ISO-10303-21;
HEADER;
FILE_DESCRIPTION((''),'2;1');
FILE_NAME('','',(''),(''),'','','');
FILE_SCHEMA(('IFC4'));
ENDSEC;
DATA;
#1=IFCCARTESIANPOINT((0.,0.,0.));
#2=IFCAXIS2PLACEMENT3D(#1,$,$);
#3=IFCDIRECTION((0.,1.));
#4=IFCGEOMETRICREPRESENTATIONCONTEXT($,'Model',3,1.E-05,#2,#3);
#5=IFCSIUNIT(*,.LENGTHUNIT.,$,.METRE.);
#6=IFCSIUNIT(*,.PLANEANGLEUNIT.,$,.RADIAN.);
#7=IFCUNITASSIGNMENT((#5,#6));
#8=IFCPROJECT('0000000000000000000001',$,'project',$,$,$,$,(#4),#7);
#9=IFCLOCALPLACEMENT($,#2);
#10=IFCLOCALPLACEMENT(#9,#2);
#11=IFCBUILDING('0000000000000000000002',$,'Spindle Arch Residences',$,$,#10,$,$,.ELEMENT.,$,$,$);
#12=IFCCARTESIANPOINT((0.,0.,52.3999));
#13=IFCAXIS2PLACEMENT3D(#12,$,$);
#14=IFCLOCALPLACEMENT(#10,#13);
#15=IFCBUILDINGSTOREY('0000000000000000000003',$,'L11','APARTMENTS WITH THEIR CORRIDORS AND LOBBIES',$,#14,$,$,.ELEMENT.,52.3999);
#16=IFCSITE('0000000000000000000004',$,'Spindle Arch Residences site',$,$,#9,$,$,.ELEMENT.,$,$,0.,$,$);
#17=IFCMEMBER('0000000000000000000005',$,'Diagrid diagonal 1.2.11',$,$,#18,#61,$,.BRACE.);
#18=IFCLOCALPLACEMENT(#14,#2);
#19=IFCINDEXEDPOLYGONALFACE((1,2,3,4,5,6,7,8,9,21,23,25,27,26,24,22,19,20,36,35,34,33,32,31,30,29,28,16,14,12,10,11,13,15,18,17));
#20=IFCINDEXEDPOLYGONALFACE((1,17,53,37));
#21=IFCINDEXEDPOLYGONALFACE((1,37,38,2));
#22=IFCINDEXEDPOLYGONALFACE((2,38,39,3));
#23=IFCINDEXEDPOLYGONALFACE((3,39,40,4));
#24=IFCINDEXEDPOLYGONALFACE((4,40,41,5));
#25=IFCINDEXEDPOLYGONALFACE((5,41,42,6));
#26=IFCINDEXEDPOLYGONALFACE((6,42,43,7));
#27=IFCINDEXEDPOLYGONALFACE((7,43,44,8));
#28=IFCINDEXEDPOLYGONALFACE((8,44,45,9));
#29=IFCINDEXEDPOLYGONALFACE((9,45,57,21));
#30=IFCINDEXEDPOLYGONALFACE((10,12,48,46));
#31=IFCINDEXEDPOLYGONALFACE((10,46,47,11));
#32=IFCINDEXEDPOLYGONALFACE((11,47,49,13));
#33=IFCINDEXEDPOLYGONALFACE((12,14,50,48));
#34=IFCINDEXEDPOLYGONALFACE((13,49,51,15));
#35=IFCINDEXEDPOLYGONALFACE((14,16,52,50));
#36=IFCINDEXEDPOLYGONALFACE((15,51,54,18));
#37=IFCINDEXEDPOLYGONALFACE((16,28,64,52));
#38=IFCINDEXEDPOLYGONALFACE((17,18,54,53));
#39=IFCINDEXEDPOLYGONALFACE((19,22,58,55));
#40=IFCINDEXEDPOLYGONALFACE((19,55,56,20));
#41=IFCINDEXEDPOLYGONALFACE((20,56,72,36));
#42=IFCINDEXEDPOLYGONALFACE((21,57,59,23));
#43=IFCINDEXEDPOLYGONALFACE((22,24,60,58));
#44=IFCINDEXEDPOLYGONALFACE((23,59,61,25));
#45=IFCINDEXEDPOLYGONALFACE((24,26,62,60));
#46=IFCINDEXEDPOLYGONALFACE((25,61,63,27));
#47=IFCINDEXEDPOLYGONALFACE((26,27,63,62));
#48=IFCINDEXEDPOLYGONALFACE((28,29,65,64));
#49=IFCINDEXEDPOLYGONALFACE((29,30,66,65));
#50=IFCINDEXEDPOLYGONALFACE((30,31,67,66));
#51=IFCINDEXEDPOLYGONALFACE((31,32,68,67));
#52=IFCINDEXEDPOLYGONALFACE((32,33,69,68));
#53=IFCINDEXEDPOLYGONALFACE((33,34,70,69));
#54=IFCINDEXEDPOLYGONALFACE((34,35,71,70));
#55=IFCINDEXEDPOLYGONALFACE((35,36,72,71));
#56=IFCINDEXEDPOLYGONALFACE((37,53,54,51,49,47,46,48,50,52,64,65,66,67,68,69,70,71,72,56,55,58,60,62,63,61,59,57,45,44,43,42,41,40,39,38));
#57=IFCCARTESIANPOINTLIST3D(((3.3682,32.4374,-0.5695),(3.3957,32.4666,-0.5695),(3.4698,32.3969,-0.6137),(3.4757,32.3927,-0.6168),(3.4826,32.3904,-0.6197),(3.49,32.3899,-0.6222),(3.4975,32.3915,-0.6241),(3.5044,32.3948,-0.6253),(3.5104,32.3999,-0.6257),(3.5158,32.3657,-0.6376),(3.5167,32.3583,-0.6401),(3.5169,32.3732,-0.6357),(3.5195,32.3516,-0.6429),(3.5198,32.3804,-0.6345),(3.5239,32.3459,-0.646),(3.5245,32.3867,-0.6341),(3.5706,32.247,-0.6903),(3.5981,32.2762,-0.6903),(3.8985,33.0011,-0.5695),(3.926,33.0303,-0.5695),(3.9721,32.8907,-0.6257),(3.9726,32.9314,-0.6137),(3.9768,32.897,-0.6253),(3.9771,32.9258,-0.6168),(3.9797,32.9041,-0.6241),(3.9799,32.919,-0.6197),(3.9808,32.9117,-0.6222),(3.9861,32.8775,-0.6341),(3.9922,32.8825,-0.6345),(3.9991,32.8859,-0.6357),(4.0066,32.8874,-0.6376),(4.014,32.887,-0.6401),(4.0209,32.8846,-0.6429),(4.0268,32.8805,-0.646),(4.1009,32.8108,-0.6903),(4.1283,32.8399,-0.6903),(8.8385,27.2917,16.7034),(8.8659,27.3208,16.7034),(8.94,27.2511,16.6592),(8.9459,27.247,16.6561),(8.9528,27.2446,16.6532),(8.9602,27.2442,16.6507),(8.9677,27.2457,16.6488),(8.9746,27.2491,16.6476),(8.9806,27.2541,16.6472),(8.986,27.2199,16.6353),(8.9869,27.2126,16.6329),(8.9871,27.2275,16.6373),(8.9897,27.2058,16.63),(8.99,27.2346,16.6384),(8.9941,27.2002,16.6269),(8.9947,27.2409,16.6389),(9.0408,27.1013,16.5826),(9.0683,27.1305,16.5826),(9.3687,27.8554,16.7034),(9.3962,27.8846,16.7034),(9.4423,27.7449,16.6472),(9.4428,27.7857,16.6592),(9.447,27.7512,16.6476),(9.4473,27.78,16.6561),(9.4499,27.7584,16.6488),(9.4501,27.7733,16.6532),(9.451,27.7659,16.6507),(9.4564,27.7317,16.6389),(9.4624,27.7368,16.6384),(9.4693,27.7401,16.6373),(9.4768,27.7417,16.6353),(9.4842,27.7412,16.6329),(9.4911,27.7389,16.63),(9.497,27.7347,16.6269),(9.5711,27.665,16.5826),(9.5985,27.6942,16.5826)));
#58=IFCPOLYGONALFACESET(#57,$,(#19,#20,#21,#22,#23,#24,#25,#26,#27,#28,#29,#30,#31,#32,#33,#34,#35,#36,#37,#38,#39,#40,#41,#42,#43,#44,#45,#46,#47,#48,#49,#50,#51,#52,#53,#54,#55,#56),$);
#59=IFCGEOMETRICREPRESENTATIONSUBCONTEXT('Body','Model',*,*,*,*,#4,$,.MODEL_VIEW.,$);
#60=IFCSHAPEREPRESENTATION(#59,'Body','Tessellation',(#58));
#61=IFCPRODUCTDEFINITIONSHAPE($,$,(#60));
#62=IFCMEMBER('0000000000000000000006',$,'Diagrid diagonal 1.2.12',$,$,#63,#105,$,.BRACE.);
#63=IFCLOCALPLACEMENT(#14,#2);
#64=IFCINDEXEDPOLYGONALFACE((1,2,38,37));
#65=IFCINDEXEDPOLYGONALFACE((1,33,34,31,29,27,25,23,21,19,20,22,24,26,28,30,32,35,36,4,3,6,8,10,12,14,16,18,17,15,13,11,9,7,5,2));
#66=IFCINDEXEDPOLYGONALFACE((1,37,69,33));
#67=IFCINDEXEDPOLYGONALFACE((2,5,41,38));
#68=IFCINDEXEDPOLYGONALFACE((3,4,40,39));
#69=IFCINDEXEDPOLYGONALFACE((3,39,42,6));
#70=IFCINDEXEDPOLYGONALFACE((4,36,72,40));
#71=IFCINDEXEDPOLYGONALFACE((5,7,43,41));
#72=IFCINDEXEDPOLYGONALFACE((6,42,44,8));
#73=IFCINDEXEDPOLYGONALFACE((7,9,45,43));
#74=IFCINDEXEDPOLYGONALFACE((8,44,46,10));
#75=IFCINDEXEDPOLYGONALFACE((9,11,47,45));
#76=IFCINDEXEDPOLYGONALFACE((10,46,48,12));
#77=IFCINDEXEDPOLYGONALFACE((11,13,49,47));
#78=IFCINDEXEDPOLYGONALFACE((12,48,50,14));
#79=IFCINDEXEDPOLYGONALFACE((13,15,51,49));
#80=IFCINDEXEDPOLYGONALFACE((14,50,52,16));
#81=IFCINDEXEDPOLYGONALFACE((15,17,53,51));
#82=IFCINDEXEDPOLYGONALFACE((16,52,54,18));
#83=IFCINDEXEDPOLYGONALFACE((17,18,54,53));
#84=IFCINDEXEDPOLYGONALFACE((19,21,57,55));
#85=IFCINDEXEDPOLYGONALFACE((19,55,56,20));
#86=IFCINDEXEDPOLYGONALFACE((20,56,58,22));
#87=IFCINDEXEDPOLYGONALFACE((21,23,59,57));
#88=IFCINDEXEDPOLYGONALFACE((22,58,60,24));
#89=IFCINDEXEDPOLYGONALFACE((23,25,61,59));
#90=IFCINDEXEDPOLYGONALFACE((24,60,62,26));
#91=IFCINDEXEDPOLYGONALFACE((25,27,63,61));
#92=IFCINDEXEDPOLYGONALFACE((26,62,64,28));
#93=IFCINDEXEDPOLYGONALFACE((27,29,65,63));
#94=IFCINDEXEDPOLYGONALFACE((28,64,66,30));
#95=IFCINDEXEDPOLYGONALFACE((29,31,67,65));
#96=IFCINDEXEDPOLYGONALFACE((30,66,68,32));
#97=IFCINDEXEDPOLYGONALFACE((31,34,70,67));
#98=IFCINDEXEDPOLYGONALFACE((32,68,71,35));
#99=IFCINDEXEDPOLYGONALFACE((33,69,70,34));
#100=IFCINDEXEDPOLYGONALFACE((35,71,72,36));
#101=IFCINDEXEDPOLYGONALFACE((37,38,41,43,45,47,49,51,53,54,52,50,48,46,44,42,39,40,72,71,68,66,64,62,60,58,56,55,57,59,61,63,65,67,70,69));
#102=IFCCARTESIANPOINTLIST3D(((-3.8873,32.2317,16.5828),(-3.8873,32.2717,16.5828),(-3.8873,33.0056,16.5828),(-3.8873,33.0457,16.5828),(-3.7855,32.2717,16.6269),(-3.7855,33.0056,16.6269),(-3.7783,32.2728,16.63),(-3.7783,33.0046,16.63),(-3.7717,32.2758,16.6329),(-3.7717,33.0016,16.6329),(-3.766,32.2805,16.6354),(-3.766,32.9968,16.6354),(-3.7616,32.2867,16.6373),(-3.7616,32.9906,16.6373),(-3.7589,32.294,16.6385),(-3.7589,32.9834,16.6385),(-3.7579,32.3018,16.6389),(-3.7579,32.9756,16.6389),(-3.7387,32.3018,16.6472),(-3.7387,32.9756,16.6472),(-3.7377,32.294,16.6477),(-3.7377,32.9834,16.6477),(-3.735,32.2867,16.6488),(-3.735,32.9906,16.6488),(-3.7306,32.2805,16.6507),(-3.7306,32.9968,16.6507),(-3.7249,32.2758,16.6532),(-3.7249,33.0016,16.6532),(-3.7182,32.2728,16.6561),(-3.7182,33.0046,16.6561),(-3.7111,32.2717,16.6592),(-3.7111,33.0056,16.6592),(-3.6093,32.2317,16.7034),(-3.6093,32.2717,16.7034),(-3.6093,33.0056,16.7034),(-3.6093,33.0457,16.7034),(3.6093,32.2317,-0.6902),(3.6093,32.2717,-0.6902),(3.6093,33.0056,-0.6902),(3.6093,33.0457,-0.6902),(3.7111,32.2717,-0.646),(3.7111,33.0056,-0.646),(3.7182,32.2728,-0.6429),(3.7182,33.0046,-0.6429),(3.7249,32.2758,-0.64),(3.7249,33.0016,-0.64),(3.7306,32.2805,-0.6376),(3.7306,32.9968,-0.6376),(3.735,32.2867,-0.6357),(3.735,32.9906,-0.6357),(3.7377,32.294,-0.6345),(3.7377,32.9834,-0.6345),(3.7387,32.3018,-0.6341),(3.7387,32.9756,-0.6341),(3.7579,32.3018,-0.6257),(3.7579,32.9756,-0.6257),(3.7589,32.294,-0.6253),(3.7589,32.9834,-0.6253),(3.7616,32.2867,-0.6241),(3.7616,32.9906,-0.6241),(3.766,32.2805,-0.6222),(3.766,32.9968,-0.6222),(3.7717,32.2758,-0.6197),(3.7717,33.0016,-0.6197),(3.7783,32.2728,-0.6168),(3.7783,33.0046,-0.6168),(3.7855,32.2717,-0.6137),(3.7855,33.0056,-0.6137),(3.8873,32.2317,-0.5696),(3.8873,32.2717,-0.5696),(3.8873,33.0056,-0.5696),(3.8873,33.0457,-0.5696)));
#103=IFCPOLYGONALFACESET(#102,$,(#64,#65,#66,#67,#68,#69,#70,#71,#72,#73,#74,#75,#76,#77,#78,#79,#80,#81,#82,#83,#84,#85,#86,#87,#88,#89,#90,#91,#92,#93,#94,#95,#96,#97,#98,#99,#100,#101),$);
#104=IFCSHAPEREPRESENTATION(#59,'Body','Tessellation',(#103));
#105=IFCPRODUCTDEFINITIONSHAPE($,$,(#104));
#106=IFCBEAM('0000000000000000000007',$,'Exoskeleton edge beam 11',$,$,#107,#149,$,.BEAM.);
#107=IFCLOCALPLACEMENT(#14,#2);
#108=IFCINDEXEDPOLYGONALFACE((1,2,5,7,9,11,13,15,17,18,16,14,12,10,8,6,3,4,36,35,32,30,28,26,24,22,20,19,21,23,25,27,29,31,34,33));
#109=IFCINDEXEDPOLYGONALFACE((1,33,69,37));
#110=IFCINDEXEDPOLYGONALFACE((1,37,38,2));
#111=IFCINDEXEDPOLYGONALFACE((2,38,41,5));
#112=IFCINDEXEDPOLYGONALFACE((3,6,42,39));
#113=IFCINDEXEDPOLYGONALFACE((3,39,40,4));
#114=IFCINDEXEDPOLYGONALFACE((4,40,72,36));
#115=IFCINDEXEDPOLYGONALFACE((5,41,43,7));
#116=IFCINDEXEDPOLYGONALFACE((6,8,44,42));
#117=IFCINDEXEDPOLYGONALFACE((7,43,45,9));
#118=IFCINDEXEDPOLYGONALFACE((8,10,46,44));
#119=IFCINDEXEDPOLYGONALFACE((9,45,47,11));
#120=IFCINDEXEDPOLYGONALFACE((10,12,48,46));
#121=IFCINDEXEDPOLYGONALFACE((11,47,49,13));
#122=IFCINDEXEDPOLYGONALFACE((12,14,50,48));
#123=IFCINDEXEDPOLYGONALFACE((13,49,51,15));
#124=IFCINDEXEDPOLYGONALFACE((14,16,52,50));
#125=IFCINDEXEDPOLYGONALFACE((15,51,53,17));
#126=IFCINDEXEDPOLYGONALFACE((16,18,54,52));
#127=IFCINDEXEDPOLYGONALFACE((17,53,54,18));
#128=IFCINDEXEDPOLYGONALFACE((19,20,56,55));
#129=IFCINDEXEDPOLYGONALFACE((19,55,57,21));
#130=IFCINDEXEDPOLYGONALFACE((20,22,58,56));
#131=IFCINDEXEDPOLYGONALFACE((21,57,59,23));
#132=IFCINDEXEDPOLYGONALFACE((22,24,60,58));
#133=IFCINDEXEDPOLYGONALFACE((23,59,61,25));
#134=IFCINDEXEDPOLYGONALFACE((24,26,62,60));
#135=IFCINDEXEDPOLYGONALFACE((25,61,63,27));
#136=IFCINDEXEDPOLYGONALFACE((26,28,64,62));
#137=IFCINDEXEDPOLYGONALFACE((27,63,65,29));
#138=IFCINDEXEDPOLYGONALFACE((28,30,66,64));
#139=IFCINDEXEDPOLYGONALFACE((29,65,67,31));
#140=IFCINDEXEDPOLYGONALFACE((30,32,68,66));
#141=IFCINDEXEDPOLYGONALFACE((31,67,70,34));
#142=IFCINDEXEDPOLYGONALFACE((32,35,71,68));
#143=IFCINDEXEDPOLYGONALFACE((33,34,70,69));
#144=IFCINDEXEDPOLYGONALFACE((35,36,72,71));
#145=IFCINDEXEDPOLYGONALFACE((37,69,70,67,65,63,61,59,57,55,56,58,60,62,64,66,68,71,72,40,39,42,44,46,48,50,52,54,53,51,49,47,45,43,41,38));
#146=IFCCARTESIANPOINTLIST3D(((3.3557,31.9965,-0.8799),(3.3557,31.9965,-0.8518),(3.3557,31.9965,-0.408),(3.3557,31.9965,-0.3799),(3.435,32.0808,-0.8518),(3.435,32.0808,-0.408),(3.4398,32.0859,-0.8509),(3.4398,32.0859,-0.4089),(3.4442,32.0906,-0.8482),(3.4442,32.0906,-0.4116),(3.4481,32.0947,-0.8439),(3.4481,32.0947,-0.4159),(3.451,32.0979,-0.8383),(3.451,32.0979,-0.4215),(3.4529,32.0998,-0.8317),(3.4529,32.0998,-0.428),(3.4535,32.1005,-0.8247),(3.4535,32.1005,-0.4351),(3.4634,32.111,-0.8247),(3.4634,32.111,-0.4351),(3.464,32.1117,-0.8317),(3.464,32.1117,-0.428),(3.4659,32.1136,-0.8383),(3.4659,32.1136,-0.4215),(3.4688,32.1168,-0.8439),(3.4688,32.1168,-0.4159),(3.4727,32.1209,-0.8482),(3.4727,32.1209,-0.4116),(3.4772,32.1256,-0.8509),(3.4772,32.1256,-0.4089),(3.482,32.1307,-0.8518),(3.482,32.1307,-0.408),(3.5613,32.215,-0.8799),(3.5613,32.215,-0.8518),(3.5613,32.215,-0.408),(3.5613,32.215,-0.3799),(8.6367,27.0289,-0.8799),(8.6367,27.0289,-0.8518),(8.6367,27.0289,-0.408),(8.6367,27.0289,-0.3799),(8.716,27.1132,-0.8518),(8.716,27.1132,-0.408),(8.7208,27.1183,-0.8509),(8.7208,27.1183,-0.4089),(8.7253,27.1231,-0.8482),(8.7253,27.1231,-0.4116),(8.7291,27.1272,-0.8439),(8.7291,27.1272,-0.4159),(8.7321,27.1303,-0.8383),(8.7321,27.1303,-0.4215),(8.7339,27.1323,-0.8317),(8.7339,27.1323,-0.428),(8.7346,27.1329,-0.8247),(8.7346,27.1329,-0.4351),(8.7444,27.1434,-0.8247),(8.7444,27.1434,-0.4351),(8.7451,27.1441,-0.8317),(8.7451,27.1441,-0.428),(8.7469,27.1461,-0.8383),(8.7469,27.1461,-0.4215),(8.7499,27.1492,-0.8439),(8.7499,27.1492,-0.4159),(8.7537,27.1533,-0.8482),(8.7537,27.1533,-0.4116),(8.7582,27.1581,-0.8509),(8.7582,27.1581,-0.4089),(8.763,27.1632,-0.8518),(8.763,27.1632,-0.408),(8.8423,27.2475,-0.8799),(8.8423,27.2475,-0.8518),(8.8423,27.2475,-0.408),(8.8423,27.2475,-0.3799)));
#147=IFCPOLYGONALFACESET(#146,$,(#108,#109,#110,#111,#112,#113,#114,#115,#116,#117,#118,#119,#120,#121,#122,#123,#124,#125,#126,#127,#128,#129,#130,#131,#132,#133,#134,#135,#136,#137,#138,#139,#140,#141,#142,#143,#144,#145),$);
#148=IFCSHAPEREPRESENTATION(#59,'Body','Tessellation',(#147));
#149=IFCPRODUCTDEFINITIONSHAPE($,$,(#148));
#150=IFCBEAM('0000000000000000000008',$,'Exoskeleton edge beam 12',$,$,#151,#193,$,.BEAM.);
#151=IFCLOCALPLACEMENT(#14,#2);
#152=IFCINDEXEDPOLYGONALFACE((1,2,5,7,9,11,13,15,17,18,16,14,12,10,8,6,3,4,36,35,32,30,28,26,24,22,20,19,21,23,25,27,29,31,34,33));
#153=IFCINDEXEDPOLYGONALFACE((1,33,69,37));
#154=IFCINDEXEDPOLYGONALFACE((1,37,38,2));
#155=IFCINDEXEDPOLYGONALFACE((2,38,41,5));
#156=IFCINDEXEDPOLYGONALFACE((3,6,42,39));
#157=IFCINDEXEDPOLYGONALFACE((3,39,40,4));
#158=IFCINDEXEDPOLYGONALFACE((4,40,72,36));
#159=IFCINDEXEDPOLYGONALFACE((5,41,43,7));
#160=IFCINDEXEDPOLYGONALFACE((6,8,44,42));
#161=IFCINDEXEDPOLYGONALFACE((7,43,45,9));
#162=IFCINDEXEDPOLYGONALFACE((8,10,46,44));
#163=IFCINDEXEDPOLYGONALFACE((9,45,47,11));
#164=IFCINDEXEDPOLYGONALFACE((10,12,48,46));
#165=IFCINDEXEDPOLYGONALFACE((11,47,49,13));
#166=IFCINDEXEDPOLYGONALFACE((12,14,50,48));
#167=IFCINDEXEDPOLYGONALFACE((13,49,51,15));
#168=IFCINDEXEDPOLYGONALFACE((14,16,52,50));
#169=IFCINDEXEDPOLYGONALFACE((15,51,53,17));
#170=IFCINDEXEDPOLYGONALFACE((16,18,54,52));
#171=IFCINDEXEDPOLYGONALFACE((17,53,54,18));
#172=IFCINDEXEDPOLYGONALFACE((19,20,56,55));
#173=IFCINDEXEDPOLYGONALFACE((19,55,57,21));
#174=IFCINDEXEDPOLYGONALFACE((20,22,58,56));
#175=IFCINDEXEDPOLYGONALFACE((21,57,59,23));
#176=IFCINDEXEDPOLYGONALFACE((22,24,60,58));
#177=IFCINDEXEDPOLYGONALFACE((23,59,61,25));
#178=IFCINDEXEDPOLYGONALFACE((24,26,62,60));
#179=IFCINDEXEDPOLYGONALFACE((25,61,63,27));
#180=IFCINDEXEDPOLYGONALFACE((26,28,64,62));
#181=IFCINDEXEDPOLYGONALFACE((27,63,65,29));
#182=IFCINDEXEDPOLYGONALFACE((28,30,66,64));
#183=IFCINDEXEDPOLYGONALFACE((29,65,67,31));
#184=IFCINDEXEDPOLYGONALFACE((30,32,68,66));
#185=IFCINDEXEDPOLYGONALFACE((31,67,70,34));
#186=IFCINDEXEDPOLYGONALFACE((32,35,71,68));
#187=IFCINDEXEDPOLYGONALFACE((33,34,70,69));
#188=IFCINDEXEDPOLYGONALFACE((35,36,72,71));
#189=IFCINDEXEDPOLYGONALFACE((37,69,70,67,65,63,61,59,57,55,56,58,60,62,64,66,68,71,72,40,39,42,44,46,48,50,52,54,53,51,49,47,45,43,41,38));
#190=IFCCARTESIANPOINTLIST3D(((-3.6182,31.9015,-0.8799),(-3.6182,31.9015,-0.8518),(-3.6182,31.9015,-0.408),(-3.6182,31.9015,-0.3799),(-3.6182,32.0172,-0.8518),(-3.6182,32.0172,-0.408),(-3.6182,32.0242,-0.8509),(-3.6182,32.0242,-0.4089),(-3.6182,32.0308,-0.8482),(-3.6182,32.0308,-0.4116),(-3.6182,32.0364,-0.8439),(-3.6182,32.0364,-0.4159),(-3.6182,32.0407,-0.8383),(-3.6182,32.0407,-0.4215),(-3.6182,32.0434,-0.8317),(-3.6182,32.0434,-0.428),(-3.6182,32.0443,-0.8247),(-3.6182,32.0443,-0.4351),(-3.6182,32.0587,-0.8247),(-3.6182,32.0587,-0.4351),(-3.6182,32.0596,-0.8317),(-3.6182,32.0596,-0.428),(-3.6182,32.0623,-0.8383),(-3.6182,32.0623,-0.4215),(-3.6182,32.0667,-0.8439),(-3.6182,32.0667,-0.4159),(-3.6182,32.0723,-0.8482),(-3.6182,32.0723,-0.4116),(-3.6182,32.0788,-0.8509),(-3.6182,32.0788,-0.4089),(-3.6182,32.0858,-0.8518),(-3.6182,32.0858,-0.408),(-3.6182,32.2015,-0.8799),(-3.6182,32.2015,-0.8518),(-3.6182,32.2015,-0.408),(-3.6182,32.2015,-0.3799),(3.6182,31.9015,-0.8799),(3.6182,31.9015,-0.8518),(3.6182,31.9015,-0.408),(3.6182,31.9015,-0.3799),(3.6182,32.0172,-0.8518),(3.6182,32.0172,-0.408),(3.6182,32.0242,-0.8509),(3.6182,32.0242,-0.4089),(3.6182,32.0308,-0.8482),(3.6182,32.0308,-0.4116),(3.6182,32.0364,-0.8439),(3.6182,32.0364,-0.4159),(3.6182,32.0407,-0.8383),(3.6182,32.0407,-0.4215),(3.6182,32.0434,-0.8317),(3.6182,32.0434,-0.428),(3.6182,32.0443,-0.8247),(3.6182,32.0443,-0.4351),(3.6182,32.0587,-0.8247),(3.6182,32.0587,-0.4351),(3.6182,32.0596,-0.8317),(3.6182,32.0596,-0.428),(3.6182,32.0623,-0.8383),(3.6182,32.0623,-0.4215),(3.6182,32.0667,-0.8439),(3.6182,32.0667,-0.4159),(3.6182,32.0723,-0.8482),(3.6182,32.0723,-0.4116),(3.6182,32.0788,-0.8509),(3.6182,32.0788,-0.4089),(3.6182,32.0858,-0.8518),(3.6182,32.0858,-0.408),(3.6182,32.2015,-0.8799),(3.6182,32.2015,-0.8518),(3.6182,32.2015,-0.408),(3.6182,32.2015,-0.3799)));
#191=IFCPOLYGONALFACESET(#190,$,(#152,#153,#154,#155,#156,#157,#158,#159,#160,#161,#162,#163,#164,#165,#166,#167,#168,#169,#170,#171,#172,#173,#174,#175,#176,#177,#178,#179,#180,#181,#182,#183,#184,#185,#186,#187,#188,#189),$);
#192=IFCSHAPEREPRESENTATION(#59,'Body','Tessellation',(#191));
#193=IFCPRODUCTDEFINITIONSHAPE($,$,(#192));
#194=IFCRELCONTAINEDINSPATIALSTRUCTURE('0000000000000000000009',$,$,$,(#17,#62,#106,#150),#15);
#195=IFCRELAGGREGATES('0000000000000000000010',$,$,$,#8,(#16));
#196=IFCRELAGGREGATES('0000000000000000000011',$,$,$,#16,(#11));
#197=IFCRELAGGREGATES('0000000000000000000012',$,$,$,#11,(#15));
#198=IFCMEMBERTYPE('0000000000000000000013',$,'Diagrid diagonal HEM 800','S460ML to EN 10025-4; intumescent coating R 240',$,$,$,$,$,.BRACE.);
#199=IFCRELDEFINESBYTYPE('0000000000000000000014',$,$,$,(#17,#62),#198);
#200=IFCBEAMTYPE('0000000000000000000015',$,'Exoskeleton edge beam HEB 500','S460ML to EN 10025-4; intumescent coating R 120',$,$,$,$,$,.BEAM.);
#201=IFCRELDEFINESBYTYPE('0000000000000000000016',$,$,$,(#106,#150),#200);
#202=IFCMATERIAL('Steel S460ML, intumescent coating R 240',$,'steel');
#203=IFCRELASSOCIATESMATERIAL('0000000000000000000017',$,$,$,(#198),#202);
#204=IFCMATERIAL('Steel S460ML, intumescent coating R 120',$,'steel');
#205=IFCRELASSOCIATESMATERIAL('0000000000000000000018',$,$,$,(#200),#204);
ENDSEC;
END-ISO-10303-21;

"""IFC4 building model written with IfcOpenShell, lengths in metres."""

from ifc_helpers import new_model, si_unit, direction, frame, origin, origin_2d, place, context, subcontext, project, spatial, i_section, extrude, material, material_profile, profile_set, type_object, element, save


model = new_model("IFC4")

# Units and contexts
model_context = context("Model", 3, precision=1e-05, world=origin(), true_north=direction((0.0, 1.0)))
body_context = subcontext(model_context, "Body", "Model", "MODEL_VIEW")
ifc_project = project(units=[si_unit("LENGTHUNIT", "METRE"), si_unit("PLANEANGLEUNIT", "RADIAN")], contexts=[model_context])

# Site, building, storey
site_placement = place(None, origin())
site = spatial("IfcSite", under=ifc_project, at=site_placement, Name="Spindle Arch Residences site", CompositionType="ELEMENT", RefElevation=0.0)
building_placement = place(site_placement, origin())
building = spatial("IfcBuilding", under=site, at=building_placement, Name="Spindle Arch Residences", CompositionType="ELEMENT")
storey_placement = place(building_placement, frame((0.0, 0.0, 52.3999)))
storey = spatial("IfcBuildingStorey", under=building, at=storey_placement, Name="L11", Description="APARTMENTS WITH THEIR CORRIDORS AND LOBBIES", CompositionType="ELEMENT", Elevation=52.3999)

# Members
ifc_material_1 = material(Name="Steel S460ML, intumescent coating R 240", Category="steel")
ifc_material_profile_1 = material_profile(ifc_material_1, i_section(OverallWidth=0.303, OverallDepth=0.814, WebThickness=0.021, FlangeThickness=0.04, FilletRadius=0.03, at=origin_2d()), Name="HEM 800")
ifc_profile_set_1 = profile_set([ifc_material_profile_1], Name="Steel S460ML, intumescent coating R 240")
member_type_1 = type_object("IfcMemberType", Name="Diagrid diagonal HEM 800", Description="S460ML to EN 10025-4; intumescent coating R 240", PredefinedType="BRACE", material=ifc_profile_set_1)
member_1_placement = place(storey_placement, frame((3.7483, 32.6387, -0.6299), z_axis=(0.290428, -0.273202, 0.917067), x_axis=(-0.667972, 0.628352, 0.398733)))
element("IfcMember", 1, at=member_1_placement, inside=storey, type_object=member_type_1, Name="Diagrid diagonal 1.2.11", PredefinedType="BRACE", context=body_context, shape_type="SweptSolid", body=[
    extrude(i_section(OverallWidth=0.303, OverallDepth=0.814, WebThickness=0.021, FlangeThickness=0.04, FilletRadius=0.03, at=origin_2d()), origin(), (0.0, 0.0, 1.0), 18.835),
])
member_2_placement = place(storey_placement, frame((3.7483, 32.6387, -0.6299), z_axis=(-0.398128, 0.0, 0.91733), x_axis=(0.91733, 0.0, 0.398128)))
element("IfcMember", 2, at=member_2_placement, inside=storey, type_object=member_type_1, Name="Diagrid diagonal 1.2.12", PredefinedType="BRACE", context=body_context, shape_type="SweptSolid", body=[
    extrude(i_section(OverallWidth=0.303, OverallDepth=0.814, WebThickness=0.021, FlangeThickness=0.04, FilletRadius=0.03, at=origin_2d()), origin(), (0.0, 0.0, 1.0), 18.8296),
])

# Beams
ifc_material_2 = material(Name="Steel S460ML, intumescent coating R 120", Category="steel")
ifc_material_profile_2 = material_profile(ifc_material_2, i_section(OverallWidth=0.3, OverallDepth=0.5, WebThickness=0.0144, FlangeThickness=0.0281, FilletRadius=0.0271, at=origin_2d()), Name="HEB 500")
ifc_profile_set_2 = profile_set([ifc_material_profile_2], Name="Steel S460ML, intumescent coating R 120")
beam_type_1 = type_object("IfcBeamType", Name="Exoskeleton edge beam HEB 500", Description="S460ML to EN 10025-4; intumescent coating R 120", PredefinedType="BEAM", material=ifc_profile_set_2)
beam_1_placement = place(storey_placement, frame((8.7395, 27.1382, -0.6299), z_axis=(-0.728395, 0.685158, 0.0), x_axis=(-0.685158, -0.728395, 0.0)))
element("IfcBeam", 3, at=beam_1_placement, inside=storey, type_object=beam_type_1, Name="Exoskeleton edge beam 11", PredefinedType="BEAM", context=body_context, shape_type="SweptSolid", body=[
    extrude(i_section(OverallWidth=0.3, OverallDepth=0.5, WebThickness=0.0144, FlangeThickness=0.0281, FilletRadius=0.0271, at=origin_2d()), origin(), (0.0, 0.0, 1.0), 7.2502),
])
beam_2_placement = place(storey_placement, frame((3.6182, 32.0515, -0.6299), z_axis=(-1.0, 0.0, 0.0), x_axis=(0.0, -1.0, 0.0)))
element("IfcBeam", 4, at=beam_2_placement, inside=storey, type_object=beam_type_1, Name="Exoskeleton edge beam 12", PredefinedType="BEAM", context=body_context, shape_type="SweptSolid", body=[
    extrude(i_section(OverallWidth=0.3, OverallDepth=0.5, WebThickness=0.0144, FlangeThickness=0.0281, FilletRadius=0.0271, at=origin_2d()), origin(), (0.0, 0.0, 1.0), 7.2363),
])

save(model, "model.ifc")
